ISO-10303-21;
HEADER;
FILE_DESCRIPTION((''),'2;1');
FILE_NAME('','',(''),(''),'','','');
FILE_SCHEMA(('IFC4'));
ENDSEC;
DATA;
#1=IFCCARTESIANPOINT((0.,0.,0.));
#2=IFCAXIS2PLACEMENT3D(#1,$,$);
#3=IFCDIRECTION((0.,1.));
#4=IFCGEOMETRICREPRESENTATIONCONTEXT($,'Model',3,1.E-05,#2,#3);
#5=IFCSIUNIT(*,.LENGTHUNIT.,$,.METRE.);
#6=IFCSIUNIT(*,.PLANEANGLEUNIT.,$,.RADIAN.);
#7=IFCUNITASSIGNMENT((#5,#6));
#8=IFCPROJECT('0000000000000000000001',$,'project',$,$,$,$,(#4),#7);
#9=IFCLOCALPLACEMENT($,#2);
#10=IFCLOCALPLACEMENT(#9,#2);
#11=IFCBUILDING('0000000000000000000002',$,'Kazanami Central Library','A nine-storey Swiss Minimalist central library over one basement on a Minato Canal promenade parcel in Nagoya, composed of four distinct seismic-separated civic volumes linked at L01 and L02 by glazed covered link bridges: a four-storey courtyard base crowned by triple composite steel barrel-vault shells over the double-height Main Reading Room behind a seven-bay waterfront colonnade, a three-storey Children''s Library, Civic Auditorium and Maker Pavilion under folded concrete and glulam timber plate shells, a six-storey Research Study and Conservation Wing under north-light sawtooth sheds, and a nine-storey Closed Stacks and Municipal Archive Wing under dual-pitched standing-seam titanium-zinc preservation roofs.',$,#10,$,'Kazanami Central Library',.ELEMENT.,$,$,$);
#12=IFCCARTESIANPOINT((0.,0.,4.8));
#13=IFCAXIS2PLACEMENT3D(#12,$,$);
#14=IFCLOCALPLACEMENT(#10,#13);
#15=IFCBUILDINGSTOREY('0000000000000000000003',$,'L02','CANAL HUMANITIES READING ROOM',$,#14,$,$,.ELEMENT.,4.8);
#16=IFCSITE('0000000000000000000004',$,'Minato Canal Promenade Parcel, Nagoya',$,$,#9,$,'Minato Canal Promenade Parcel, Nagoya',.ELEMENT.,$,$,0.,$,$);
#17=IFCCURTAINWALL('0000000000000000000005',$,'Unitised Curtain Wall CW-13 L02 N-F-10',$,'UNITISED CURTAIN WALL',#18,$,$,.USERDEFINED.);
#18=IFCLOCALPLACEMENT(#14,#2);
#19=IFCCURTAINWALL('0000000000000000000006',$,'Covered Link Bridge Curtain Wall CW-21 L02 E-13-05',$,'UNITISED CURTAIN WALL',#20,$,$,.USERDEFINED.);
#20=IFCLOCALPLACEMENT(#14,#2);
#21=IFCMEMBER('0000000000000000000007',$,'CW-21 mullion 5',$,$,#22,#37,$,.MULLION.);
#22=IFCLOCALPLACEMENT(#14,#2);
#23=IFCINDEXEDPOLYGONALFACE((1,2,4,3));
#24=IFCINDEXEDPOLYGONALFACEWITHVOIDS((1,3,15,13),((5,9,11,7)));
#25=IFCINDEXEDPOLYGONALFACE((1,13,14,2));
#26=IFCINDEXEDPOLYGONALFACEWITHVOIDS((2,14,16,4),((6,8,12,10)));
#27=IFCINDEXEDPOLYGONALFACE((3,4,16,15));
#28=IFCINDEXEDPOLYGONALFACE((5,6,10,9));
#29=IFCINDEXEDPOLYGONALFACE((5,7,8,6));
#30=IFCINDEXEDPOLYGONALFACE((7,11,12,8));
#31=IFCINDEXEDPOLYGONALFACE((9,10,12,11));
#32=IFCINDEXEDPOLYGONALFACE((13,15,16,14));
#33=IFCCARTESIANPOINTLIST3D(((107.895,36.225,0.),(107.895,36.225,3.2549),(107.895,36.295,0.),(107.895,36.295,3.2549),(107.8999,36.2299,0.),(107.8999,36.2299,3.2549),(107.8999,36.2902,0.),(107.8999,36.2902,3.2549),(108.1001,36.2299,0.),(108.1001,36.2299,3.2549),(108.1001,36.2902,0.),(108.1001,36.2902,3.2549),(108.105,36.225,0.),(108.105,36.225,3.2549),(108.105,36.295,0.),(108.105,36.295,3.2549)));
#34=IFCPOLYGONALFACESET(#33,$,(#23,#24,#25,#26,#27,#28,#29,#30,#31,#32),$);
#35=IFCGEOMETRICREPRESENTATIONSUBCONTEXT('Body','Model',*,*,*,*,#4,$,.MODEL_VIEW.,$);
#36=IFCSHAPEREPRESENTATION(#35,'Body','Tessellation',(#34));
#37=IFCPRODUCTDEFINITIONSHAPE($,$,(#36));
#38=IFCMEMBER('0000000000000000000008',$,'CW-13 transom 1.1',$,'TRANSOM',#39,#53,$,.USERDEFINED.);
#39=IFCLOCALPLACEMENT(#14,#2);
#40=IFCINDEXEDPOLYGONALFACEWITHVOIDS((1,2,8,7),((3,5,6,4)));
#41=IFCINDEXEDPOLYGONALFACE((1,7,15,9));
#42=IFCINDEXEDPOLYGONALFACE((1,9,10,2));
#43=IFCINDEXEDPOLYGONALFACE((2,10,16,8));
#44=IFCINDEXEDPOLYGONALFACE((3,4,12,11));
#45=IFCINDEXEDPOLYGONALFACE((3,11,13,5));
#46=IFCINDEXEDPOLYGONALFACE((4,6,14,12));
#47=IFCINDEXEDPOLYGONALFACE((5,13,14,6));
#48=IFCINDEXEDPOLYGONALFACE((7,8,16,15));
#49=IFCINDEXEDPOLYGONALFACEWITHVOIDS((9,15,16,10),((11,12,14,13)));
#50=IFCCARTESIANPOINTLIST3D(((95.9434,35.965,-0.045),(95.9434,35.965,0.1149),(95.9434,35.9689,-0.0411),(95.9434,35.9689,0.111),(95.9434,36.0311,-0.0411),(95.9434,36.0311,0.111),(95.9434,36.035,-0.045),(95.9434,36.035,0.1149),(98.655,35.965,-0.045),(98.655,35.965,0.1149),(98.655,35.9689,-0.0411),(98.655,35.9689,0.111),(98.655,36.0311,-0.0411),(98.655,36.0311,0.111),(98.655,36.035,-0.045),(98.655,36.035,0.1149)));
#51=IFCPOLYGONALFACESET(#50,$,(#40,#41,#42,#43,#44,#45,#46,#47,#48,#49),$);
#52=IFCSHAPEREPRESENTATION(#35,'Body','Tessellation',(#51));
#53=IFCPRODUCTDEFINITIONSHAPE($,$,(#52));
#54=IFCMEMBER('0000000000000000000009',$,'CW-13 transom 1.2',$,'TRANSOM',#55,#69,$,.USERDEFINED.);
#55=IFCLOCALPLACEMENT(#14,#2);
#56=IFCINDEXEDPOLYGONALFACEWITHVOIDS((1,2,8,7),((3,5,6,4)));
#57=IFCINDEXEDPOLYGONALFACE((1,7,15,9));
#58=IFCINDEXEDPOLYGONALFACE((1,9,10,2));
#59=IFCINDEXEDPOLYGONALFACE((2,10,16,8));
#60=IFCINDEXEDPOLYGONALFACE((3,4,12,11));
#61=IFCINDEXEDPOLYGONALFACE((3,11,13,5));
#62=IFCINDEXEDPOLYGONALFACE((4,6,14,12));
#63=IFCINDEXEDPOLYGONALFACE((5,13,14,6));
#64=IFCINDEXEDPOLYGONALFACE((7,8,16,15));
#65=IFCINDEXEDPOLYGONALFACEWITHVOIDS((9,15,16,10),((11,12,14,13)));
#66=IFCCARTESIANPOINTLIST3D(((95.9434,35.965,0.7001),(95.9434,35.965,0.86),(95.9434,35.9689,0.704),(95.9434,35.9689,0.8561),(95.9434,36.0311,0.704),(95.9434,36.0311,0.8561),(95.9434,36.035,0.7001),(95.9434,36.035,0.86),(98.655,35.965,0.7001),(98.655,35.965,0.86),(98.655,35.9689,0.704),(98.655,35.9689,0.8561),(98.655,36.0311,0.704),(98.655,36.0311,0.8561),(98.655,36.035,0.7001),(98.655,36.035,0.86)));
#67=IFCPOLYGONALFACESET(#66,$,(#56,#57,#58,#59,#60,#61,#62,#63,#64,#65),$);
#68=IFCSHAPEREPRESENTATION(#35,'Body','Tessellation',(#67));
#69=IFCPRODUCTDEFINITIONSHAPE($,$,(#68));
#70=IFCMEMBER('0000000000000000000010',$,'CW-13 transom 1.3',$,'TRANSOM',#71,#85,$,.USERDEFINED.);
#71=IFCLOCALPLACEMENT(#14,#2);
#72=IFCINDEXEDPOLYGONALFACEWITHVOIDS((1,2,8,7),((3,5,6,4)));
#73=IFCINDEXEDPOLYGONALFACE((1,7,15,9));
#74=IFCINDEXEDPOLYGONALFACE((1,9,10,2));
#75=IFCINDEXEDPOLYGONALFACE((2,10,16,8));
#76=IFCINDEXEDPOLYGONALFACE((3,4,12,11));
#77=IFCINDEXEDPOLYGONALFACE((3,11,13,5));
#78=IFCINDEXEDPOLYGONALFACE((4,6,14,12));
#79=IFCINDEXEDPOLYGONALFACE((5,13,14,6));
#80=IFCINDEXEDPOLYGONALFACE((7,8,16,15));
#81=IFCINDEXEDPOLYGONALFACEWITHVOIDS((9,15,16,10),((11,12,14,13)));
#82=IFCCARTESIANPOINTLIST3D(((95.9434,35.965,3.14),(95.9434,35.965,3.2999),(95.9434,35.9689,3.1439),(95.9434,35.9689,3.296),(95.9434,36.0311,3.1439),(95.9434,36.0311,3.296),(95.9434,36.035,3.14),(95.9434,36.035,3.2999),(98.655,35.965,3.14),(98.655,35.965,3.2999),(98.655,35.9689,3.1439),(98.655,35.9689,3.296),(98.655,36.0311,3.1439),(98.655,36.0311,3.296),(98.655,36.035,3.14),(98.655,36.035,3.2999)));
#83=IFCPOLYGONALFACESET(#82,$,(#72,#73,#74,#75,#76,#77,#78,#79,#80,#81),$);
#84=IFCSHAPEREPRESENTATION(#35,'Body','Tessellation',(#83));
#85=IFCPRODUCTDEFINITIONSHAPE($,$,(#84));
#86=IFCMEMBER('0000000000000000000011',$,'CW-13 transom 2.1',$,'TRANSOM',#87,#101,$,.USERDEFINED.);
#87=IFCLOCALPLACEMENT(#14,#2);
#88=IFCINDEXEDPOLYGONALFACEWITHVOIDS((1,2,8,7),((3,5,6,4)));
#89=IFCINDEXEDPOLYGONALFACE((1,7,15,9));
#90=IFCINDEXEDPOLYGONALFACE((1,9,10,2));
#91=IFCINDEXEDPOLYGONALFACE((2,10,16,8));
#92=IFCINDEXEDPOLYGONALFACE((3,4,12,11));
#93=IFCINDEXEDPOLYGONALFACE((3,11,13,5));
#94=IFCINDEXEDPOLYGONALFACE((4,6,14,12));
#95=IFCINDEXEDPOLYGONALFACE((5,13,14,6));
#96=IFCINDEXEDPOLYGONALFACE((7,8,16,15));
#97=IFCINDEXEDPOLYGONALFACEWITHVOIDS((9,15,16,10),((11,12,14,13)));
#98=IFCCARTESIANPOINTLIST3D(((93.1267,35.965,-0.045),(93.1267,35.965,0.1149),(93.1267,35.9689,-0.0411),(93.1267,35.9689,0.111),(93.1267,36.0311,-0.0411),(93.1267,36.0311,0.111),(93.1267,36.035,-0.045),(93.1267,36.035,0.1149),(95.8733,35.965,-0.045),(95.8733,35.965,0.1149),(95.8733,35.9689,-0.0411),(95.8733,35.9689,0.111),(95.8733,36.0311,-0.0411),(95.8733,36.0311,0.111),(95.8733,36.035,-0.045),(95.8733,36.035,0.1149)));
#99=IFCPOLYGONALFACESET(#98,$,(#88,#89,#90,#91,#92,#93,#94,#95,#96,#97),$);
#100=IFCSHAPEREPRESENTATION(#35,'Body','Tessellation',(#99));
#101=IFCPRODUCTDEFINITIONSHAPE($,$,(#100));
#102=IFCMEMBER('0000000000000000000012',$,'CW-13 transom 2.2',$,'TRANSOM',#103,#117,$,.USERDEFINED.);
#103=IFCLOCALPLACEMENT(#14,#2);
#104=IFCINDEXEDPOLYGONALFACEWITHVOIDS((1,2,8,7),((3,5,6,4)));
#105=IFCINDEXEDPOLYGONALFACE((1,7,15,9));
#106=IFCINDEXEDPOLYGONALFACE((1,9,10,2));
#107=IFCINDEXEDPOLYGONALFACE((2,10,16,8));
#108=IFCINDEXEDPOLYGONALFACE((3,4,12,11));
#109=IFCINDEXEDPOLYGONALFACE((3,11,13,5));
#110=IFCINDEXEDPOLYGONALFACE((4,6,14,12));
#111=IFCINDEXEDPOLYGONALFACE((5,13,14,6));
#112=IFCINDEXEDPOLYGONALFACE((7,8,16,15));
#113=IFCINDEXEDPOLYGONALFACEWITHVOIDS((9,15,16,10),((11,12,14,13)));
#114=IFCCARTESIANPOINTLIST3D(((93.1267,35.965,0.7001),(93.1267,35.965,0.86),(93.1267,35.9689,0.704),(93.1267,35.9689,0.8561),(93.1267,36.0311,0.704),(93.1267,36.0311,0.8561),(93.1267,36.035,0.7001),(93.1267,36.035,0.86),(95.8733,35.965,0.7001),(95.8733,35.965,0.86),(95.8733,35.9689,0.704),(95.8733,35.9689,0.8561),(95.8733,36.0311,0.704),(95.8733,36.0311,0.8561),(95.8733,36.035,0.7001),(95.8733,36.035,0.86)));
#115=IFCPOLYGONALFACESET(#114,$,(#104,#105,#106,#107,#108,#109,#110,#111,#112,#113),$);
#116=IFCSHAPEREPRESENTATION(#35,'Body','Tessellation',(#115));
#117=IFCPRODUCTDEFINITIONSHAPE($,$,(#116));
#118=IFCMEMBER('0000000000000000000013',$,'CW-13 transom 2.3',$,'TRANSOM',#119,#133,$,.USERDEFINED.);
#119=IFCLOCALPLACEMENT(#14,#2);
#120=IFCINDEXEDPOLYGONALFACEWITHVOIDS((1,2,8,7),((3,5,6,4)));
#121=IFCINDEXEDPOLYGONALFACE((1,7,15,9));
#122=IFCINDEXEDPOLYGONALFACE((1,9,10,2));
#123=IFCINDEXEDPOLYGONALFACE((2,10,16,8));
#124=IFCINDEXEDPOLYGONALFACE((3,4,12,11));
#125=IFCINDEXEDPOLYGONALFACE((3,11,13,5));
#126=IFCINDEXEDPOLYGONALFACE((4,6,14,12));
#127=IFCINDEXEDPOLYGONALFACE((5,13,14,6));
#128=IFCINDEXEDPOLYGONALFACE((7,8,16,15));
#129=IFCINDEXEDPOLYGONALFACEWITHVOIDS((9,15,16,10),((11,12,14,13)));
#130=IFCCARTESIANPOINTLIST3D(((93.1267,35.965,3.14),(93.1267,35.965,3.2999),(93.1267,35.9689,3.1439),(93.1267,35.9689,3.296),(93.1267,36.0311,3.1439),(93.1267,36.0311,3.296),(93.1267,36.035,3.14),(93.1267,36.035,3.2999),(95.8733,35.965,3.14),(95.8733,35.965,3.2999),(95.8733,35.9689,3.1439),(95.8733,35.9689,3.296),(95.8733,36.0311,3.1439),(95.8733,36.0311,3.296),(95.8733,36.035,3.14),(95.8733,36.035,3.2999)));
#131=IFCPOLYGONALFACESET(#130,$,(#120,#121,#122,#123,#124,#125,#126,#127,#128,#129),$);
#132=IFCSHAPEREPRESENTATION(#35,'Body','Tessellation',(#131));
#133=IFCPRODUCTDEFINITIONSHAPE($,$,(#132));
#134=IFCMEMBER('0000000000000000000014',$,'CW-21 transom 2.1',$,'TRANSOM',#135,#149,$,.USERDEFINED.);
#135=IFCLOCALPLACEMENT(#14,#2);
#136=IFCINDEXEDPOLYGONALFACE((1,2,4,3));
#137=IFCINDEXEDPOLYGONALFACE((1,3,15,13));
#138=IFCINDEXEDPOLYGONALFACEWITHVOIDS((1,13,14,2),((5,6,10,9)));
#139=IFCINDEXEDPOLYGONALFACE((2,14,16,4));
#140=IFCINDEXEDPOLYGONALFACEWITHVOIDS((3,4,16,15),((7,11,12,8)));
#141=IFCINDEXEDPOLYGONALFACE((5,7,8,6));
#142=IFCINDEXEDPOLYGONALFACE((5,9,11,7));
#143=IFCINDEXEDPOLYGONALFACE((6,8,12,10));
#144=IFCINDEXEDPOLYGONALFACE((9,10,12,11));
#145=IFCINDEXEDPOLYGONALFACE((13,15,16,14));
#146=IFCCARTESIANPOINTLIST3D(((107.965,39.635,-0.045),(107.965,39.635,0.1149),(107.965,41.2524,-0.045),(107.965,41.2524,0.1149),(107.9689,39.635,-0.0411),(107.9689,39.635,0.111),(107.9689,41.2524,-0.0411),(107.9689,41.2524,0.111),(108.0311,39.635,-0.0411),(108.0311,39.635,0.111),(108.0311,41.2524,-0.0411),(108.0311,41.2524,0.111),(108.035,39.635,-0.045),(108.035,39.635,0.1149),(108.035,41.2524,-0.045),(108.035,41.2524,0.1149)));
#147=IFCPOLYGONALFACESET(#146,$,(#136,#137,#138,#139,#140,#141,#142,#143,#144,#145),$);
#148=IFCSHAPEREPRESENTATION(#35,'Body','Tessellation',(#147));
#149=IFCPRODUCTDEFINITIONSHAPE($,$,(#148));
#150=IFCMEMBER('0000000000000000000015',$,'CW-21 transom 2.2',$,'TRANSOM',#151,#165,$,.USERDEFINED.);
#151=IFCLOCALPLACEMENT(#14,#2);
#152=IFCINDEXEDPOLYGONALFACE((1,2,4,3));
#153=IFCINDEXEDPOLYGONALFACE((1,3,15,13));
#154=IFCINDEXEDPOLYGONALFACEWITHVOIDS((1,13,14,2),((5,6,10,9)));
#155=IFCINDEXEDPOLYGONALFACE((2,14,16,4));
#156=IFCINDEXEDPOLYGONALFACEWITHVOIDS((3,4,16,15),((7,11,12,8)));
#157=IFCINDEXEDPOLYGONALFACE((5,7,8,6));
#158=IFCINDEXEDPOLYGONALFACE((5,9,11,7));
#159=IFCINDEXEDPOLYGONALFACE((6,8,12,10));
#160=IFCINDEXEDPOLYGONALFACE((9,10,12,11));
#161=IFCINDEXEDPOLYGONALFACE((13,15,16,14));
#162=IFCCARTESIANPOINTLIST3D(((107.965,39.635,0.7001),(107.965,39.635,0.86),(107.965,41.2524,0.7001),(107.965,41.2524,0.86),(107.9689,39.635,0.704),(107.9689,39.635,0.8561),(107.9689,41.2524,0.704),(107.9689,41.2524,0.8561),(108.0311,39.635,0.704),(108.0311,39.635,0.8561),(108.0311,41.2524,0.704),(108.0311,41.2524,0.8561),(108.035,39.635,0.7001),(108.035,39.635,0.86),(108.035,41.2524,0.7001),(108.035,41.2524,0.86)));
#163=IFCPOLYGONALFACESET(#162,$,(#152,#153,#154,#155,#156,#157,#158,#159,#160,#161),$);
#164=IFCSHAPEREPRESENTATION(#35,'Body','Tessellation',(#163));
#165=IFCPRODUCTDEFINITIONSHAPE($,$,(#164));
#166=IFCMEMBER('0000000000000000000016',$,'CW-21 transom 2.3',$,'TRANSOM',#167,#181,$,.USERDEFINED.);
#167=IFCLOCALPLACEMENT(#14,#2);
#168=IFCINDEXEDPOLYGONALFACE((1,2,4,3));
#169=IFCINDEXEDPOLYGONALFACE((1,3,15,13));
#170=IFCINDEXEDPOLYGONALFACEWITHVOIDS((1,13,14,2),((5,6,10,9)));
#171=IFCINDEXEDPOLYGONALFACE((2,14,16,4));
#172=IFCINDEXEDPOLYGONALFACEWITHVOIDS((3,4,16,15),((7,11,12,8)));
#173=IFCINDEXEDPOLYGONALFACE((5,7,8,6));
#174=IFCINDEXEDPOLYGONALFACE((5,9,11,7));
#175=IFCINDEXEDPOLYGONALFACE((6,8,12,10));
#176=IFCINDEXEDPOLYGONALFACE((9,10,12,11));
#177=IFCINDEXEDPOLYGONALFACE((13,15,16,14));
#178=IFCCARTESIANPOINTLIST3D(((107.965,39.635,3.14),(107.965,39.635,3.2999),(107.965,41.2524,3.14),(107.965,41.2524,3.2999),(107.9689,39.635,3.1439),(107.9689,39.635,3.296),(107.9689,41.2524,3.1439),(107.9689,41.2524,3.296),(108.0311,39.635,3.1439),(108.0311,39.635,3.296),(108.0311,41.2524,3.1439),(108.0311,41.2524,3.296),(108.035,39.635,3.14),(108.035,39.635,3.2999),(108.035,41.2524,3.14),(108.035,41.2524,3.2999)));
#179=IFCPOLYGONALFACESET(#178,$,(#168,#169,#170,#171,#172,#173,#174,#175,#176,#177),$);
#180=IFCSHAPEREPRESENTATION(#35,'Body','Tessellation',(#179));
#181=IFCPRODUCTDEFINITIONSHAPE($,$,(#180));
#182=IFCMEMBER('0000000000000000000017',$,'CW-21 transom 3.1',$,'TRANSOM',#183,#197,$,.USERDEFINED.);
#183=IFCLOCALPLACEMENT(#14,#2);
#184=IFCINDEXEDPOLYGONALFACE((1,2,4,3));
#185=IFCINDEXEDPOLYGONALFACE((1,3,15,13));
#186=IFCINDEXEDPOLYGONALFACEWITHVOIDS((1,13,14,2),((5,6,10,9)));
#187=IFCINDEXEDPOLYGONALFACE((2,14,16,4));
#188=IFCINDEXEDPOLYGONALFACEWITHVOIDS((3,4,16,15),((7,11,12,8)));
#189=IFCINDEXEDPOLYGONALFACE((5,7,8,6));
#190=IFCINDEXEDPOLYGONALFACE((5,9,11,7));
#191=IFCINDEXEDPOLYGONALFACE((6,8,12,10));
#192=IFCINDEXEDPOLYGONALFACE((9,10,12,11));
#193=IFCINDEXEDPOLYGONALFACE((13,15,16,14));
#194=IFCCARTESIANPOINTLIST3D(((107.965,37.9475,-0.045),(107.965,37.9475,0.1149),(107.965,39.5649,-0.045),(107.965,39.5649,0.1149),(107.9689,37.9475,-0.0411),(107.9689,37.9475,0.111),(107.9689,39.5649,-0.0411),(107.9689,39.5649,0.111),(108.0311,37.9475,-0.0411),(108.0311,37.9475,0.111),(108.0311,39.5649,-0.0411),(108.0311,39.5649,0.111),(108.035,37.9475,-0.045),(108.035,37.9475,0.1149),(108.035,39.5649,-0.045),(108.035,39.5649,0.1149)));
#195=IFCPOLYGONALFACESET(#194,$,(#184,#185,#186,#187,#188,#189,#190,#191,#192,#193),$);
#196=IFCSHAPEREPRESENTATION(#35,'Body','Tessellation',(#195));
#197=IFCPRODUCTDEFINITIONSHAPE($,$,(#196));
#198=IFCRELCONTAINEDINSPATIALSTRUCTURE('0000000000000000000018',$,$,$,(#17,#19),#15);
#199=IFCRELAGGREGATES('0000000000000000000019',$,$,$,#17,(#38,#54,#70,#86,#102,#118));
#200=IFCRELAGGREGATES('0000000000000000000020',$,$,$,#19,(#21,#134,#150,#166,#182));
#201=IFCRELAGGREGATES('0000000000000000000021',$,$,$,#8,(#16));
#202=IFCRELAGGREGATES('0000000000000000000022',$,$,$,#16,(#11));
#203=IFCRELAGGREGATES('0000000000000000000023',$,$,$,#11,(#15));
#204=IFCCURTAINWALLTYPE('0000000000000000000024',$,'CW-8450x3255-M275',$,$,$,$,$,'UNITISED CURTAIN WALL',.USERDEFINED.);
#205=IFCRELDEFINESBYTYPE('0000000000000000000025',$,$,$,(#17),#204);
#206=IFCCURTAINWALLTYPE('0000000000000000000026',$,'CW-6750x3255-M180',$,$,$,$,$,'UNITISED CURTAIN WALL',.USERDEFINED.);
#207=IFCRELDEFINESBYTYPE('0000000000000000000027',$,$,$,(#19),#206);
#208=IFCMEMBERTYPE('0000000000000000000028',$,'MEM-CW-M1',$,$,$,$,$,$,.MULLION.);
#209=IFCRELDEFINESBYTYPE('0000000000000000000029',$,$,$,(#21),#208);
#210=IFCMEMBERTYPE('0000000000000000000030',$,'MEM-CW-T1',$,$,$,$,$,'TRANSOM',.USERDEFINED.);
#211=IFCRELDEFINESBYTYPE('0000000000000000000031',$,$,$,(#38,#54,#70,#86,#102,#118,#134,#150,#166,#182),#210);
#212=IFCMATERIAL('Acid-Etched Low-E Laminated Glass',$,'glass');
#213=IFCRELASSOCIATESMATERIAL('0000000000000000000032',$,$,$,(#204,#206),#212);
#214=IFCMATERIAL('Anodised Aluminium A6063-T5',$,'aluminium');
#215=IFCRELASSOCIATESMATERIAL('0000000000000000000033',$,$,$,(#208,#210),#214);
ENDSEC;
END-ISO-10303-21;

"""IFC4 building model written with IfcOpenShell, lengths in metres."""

from ifc_helpers import new_model, si_unit, direction, frame, origin, origin_2d, place, context, subcontext, project, spatial, hollow_rectangle, extrude, material, material_profile, profile_set, type_object, element, aggregate, save


model = new_model("IFC4")

# Units and contexts
model_context = context("Model", 3, precision=1e-05, world=origin(), true_north=direction((0.0, 1.0)))
body_context = subcontext(model_context, "Body", "Model", "MODEL_VIEW")
ifc_project = project(units=[si_unit("LENGTHUNIT", "METRE"), si_unit("PLANEANGLEUNIT", "RADIAN")], contexts=[model_context])

# Site, building, storey
site_placement = place(None, origin())
site = spatial("IfcSite", under=ifc_project, at=site_placement, Name="Minato Canal Promenade Parcel, Nagoya", LongName="Minato Canal Promenade Parcel, Nagoya", CompositionType="ELEMENT", RefElevation=0.0)
building_placement = place(site_placement, origin())
building = spatial("IfcBuilding", under=site, at=building_placement, Name="Kazanami Central Library", Description="A nine-storey Swiss Minimalist central library over one basement on a Minato Canal promenade parcel in Nagoya, composed of four distinct seismic-separated civic volumes linked at L01 and L02 by glazed covered link bridges: a four-storey courtyard base crowned by triple composite steel barrel-vault shells over the double-height Main Reading Room behind a seven-bay waterfront colonnade, a three-storey Children's Library, Civic Auditorium and Maker Pavilion under folded concrete and glulam timber plate shells, a six-storey Research Study and Conservation Wing under north-light sawtooth sheds, and a nine-storey Closed Stacks and Municipal Archive Wing under dual-pitched standing-seam titanium-zinc preservation roofs.", LongName="Kazanami Central Library", CompositionType="ELEMENT")
storey_placement = place(building_placement, frame((0.0, 0.0, 4.8)))
storey = spatial("IfcBuildingStorey", under=building, at=storey_placement, Name="L02", Description="CANAL HUMANITIES READING ROOM", CompositionType="ELEMENT", Elevation=4.8)

# Curtain walls, member
ifc_material_1 = material(Name="Acid-Etched Low-E Laminated Glass", Category="glass")
curtain_wall_type_1 = type_object("IfcCurtainWallType", Name="CW-8450x3255-M275", ElementType="UNITISED CURTAIN WALL", PredefinedType="USERDEFINED", material=ifc_material_1)
curtain_wall_1_placement = place(storey_placement, origin())
curtain_wall_1 = element("IfcCurtainWall", 1, at=curtain_wall_1_placement, inside=storey, type_object=curtain_wall_type_1, Name="Unitised Curtain Wall CW-13 L02 N-F-10", ObjectType="UNITISED CURTAIN WALL", PredefinedType="USERDEFINED")
ifc_material_2 = material(Name="Anodised Aluminium A6063-T5", Category="aluminium")
ifc_material_profile_1 = material_profile(ifc_material_2, hollow_rectangle(XDim=0.0701, YDim=0.21, WallThickness=0.0049, at=origin_2d()), Name="ALU-MULL-70x210x5")
ifc_profile_set_1 = profile_set([ifc_material_profile_1], Name="Anodised Aluminium A6063-T5")
member_type_1 = type_object("IfcMemberType", Name="MEM-CW-M1", PredefinedType="MULLION", material=ifc_profile_set_1)
curtain_wall_type_2 = type_object("IfcCurtainWallType", Name="CW-6750x3255-M180", ElementType="UNITISED CURTAIN WALL", PredefinedType="USERDEFINED", material=ifc_material_1)
curtain_wall_2_placement = place(storey_placement, origin())
curtain_wall_2 = element("IfcCurtainWall", 2, at=curtain_wall_2_placement, inside=storey, type_object=curtain_wall_type_2, Name="Covered Link Bridge Curtain Wall CW-21 L02 E-13-05", ObjectType="UNITISED CURTAIN WALL", PredefinedType="USERDEFINED")
member_1_placement = place(storey_placement, frame((108.0, 36.26, 0.0), z_axis=(0.0, 0.0, 1.0), x_axis=(0.0, -1.0, 0.0)))
member_1 = element("IfcMember", 3, at=member_1_placement, type_object=member_type_1, Name="CW-21 mullion 5", PredefinedType="MULLION", context=body_context, shape_type="SweptSolid", body=[
    extrude(hollow_rectangle(XDim=0.0701, YDim=0.21, WallThickness=0.0049, at=origin_2d()), origin(), (0.0, 0.0, 1.0), 3.2549),
])

# Members
ifc_material_profile_2 = material_profile(ifc_material_2, hollow_rectangle(XDim=0.0701, YDim=0.1599, WallThickness=0.0039, at=origin_2d()), Name="ALU-TRAN-70x160x4")
ifc_profile_set_2 = profile_set([ifc_material_profile_2], Name="Anodised Aluminium A6063-T5")
member_type_2 = type_object("IfcMemberType", Name="MEM-CW-T1", ElementType="TRANSOM", PredefinedType="USERDEFINED", material=ifc_profile_set_2)
member_2_placement = place(storey_placement, frame((98.655, 36.0, 0.0349), z_axis=(-1.0, 0.0, 0.0), x_axis=(0.0, -1.0, 0.0)))
member_2 = element("IfcMember", 4, at=member_2_placement, type_object=member_type_2, Name="CW-13 transom 1.1", ObjectType="TRANSOM", PredefinedType="USERDEFINED", context=body_context, shape_type="SweptSolid", body=[
    extrude(hollow_rectangle(XDim=0.0701, YDim=0.1599, WallThickness=0.0039, at=origin_2d()), origin(), (0.0, 0.0, 1.0), 2.7117),
])
member_3_placement = place(storey_placement, frame((98.655, 36.0, 0.78), z_axis=(-1.0, 0.0, 0.0), x_axis=(0.0, -1.0, 0.0)))
member_3 = element("IfcMember", 5, at=member_3_placement, type_object=member_type_2, Name="CW-13 transom 1.2", ObjectType="TRANSOM", PredefinedType="USERDEFINED", context=body_context, shape_type="SweptSolid", body=[
    extrude(hollow_rectangle(XDim=0.0701, YDim=0.1599, WallThickness=0.0039, at=origin_2d()), origin(), (0.0, 0.0, 1.0), 2.7117),
])
member_4_placement = place(storey_placement, frame((98.655, 36.0, 3.22), z_axis=(-1.0, 0.0, 0.0), x_axis=(0.0, -1.0, 0.0)))
member_4 = element("IfcMember", 6, at=member_4_placement, type_object=member_type_2, Name="CW-13 transom 1.3", ObjectType="TRANSOM", PredefinedType="USERDEFINED", context=body_context, shape_type="SweptSolid", body=[
    extrude(hollow_rectangle(XDim=0.0701, YDim=0.1599, WallThickness=0.0039, at=origin_2d()), origin(), (0.0, 0.0, 1.0), 2.7117),
])
member_5_placement = place(storey_placement, frame((95.8733, 36.0, 0.0349), z_axis=(-1.0, 0.0, 0.0), x_axis=(0.0, -1.0, 0.0)))
member_5 = element("IfcMember", 7, at=member_5_placement, type_object=member_type_2, Name="CW-13 transom 2.1", ObjectType="TRANSOM", PredefinedType="USERDEFINED", context=body_context, shape_type="SweptSolid", body=[
    extrude(hollow_rectangle(XDim=0.0701, YDim=0.1599, WallThickness=0.0039, at=origin_2d()), origin(), (0.0, 0.0, 1.0), 2.7466),
])
member_6_placement = place(storey_placement, frame((95.8733, 36.0, 0.78), z_axis=(-1.0, 0.0, 0.0), x_axis=(0.0, -1.0, 0.0)))
member_6 = element("IfcMember", 8, at=member_6_placement, type_object=member_type_2, Name="CW-13 transom 2.2", ObjectType="TRANSOM", PredefinedType="USERDEFINED", context=body_context, shape_type="SweptSolid", body=[
    extrude(hollow_rectangle(XDim=0.0701, YDim=0.1599, WallThickness=0.0039, at=origin_2d()), origin(), (0.0, 0.0, 1.0), 2.7466),
])
member_7_placement = place(storey_placement, frame((95.8733, 36.0, 3.22), z_axis=(-1.0, 0.0, 0.0), x_axis=(0.0, -1.0, 0.0)))
member_7 = element("IfcMember", 9, at=member_7_placement, type_object=member_type_2, Name="CW-13 transom 2.3", ObjectType="TRANSOM", PredefinedType="USERDEFINED", context=body_context, shape_type="SweptSolid", body=[
    extrude(hollow_rectangle(XDim=0.0701, YDim=0.1599, WallThickness=0.0039, at=origin_2d()), origin(), (0.0, 0.0, 1.0), 2.7466),
])
member_8_placement = place(storey_placement, frame((108.0, 41.2524, 0.0349), z_axis=(0.0, -1.0, 0.0), x_axis=(1.0, 0.0, 0.0)))
member_8 = element("IfcMember", 10, at=member_8_placement, type_object=member_type_2, Name="CW-21 transom 2.1", ObjectType="TRANSOM", PredefinedType="USERDEFINED", context=body_context, shape_type="SweptSolid", body=[
    extrude(hollow_rectangle(XDim=0.0701, YDim=0.1599, WallThickness=0.0039, at=origin_2d()), origin(), (0.0, 0.0, 1.0), 1.6174),
])
member_9_placement = place(storey_placement, frame((108.0, 41.2524, 0.78), z_axis=(0.0, -1.0, 0.0), x_axis=(1.0, 0.0, 0.0)))
member_9 = element("IfcMember", 11, at=member_9_placement, type_object=member_type_2, Name="CW-21 transom 2.2", ObjectType="TRANSOM", PredefinedType="USERDEFINED", context=body_context, shape_type="SweptSolid", body=[
    extrude(hollow_rectangle(XDim=0.0701, YDim=0.1599, WallThickness=0.0039, at=origin_2d()), origin(), (0.0, 0.0, 1.0), 1.6174),
])
member_10_placement = place(storey_placement, frame((108.0, 41.2524, 3.22), z_axis=(0.0, -1.0, 0.0), x_axis=(1.0, 0.0, 0.0)))
member_10 = element("IfcMember", 12, at=member_10_placement, type_object=member_type_2, Name="CW-21 transom 2.3", ObjectType="TRANSOM", PredefinedType="USERDEFINED", context=body_context, shape_type="SweptSolid", body=[
    extrude(hollow_rectangle(XDim=0.0701, YDim=0.1599, WallThickness=0.0039, at=origin_2d()), origin(), (0.0, 0.0, 1.0), 1.6174),
])
member_11_placement = place(storey_placement, frame((108.0, 39.5649, 0.0349), z_axis=(0.0, -1.0, 0.0), x_axis=(1.0, 0.0, 0.0)))
member_11 = element("IfcMember", 13, at=member_11_placement, type_object=member_type_2, Name="CW-21 transom 3.1", ObjectType="TRANSOM", PredefinedType="USERDEFINED", context=body_context, shape_type="SweptSolid", body=[
    extrude(hollow_rectangle(XDim=0.0701, YDim=0.1599, WallThickness=0.0039, at=origin_2d()), origin(), (0.0, 0.0, 1.0), 1.6174),
])

aggregate(curtain_wall_1, [member_2, member_3, member_4, member_5, member_6, member_7])
aggregate(curtain_wall_2, [member_1, member_8, member_9, member_10, member_11])

save(model, "model.ifc")
